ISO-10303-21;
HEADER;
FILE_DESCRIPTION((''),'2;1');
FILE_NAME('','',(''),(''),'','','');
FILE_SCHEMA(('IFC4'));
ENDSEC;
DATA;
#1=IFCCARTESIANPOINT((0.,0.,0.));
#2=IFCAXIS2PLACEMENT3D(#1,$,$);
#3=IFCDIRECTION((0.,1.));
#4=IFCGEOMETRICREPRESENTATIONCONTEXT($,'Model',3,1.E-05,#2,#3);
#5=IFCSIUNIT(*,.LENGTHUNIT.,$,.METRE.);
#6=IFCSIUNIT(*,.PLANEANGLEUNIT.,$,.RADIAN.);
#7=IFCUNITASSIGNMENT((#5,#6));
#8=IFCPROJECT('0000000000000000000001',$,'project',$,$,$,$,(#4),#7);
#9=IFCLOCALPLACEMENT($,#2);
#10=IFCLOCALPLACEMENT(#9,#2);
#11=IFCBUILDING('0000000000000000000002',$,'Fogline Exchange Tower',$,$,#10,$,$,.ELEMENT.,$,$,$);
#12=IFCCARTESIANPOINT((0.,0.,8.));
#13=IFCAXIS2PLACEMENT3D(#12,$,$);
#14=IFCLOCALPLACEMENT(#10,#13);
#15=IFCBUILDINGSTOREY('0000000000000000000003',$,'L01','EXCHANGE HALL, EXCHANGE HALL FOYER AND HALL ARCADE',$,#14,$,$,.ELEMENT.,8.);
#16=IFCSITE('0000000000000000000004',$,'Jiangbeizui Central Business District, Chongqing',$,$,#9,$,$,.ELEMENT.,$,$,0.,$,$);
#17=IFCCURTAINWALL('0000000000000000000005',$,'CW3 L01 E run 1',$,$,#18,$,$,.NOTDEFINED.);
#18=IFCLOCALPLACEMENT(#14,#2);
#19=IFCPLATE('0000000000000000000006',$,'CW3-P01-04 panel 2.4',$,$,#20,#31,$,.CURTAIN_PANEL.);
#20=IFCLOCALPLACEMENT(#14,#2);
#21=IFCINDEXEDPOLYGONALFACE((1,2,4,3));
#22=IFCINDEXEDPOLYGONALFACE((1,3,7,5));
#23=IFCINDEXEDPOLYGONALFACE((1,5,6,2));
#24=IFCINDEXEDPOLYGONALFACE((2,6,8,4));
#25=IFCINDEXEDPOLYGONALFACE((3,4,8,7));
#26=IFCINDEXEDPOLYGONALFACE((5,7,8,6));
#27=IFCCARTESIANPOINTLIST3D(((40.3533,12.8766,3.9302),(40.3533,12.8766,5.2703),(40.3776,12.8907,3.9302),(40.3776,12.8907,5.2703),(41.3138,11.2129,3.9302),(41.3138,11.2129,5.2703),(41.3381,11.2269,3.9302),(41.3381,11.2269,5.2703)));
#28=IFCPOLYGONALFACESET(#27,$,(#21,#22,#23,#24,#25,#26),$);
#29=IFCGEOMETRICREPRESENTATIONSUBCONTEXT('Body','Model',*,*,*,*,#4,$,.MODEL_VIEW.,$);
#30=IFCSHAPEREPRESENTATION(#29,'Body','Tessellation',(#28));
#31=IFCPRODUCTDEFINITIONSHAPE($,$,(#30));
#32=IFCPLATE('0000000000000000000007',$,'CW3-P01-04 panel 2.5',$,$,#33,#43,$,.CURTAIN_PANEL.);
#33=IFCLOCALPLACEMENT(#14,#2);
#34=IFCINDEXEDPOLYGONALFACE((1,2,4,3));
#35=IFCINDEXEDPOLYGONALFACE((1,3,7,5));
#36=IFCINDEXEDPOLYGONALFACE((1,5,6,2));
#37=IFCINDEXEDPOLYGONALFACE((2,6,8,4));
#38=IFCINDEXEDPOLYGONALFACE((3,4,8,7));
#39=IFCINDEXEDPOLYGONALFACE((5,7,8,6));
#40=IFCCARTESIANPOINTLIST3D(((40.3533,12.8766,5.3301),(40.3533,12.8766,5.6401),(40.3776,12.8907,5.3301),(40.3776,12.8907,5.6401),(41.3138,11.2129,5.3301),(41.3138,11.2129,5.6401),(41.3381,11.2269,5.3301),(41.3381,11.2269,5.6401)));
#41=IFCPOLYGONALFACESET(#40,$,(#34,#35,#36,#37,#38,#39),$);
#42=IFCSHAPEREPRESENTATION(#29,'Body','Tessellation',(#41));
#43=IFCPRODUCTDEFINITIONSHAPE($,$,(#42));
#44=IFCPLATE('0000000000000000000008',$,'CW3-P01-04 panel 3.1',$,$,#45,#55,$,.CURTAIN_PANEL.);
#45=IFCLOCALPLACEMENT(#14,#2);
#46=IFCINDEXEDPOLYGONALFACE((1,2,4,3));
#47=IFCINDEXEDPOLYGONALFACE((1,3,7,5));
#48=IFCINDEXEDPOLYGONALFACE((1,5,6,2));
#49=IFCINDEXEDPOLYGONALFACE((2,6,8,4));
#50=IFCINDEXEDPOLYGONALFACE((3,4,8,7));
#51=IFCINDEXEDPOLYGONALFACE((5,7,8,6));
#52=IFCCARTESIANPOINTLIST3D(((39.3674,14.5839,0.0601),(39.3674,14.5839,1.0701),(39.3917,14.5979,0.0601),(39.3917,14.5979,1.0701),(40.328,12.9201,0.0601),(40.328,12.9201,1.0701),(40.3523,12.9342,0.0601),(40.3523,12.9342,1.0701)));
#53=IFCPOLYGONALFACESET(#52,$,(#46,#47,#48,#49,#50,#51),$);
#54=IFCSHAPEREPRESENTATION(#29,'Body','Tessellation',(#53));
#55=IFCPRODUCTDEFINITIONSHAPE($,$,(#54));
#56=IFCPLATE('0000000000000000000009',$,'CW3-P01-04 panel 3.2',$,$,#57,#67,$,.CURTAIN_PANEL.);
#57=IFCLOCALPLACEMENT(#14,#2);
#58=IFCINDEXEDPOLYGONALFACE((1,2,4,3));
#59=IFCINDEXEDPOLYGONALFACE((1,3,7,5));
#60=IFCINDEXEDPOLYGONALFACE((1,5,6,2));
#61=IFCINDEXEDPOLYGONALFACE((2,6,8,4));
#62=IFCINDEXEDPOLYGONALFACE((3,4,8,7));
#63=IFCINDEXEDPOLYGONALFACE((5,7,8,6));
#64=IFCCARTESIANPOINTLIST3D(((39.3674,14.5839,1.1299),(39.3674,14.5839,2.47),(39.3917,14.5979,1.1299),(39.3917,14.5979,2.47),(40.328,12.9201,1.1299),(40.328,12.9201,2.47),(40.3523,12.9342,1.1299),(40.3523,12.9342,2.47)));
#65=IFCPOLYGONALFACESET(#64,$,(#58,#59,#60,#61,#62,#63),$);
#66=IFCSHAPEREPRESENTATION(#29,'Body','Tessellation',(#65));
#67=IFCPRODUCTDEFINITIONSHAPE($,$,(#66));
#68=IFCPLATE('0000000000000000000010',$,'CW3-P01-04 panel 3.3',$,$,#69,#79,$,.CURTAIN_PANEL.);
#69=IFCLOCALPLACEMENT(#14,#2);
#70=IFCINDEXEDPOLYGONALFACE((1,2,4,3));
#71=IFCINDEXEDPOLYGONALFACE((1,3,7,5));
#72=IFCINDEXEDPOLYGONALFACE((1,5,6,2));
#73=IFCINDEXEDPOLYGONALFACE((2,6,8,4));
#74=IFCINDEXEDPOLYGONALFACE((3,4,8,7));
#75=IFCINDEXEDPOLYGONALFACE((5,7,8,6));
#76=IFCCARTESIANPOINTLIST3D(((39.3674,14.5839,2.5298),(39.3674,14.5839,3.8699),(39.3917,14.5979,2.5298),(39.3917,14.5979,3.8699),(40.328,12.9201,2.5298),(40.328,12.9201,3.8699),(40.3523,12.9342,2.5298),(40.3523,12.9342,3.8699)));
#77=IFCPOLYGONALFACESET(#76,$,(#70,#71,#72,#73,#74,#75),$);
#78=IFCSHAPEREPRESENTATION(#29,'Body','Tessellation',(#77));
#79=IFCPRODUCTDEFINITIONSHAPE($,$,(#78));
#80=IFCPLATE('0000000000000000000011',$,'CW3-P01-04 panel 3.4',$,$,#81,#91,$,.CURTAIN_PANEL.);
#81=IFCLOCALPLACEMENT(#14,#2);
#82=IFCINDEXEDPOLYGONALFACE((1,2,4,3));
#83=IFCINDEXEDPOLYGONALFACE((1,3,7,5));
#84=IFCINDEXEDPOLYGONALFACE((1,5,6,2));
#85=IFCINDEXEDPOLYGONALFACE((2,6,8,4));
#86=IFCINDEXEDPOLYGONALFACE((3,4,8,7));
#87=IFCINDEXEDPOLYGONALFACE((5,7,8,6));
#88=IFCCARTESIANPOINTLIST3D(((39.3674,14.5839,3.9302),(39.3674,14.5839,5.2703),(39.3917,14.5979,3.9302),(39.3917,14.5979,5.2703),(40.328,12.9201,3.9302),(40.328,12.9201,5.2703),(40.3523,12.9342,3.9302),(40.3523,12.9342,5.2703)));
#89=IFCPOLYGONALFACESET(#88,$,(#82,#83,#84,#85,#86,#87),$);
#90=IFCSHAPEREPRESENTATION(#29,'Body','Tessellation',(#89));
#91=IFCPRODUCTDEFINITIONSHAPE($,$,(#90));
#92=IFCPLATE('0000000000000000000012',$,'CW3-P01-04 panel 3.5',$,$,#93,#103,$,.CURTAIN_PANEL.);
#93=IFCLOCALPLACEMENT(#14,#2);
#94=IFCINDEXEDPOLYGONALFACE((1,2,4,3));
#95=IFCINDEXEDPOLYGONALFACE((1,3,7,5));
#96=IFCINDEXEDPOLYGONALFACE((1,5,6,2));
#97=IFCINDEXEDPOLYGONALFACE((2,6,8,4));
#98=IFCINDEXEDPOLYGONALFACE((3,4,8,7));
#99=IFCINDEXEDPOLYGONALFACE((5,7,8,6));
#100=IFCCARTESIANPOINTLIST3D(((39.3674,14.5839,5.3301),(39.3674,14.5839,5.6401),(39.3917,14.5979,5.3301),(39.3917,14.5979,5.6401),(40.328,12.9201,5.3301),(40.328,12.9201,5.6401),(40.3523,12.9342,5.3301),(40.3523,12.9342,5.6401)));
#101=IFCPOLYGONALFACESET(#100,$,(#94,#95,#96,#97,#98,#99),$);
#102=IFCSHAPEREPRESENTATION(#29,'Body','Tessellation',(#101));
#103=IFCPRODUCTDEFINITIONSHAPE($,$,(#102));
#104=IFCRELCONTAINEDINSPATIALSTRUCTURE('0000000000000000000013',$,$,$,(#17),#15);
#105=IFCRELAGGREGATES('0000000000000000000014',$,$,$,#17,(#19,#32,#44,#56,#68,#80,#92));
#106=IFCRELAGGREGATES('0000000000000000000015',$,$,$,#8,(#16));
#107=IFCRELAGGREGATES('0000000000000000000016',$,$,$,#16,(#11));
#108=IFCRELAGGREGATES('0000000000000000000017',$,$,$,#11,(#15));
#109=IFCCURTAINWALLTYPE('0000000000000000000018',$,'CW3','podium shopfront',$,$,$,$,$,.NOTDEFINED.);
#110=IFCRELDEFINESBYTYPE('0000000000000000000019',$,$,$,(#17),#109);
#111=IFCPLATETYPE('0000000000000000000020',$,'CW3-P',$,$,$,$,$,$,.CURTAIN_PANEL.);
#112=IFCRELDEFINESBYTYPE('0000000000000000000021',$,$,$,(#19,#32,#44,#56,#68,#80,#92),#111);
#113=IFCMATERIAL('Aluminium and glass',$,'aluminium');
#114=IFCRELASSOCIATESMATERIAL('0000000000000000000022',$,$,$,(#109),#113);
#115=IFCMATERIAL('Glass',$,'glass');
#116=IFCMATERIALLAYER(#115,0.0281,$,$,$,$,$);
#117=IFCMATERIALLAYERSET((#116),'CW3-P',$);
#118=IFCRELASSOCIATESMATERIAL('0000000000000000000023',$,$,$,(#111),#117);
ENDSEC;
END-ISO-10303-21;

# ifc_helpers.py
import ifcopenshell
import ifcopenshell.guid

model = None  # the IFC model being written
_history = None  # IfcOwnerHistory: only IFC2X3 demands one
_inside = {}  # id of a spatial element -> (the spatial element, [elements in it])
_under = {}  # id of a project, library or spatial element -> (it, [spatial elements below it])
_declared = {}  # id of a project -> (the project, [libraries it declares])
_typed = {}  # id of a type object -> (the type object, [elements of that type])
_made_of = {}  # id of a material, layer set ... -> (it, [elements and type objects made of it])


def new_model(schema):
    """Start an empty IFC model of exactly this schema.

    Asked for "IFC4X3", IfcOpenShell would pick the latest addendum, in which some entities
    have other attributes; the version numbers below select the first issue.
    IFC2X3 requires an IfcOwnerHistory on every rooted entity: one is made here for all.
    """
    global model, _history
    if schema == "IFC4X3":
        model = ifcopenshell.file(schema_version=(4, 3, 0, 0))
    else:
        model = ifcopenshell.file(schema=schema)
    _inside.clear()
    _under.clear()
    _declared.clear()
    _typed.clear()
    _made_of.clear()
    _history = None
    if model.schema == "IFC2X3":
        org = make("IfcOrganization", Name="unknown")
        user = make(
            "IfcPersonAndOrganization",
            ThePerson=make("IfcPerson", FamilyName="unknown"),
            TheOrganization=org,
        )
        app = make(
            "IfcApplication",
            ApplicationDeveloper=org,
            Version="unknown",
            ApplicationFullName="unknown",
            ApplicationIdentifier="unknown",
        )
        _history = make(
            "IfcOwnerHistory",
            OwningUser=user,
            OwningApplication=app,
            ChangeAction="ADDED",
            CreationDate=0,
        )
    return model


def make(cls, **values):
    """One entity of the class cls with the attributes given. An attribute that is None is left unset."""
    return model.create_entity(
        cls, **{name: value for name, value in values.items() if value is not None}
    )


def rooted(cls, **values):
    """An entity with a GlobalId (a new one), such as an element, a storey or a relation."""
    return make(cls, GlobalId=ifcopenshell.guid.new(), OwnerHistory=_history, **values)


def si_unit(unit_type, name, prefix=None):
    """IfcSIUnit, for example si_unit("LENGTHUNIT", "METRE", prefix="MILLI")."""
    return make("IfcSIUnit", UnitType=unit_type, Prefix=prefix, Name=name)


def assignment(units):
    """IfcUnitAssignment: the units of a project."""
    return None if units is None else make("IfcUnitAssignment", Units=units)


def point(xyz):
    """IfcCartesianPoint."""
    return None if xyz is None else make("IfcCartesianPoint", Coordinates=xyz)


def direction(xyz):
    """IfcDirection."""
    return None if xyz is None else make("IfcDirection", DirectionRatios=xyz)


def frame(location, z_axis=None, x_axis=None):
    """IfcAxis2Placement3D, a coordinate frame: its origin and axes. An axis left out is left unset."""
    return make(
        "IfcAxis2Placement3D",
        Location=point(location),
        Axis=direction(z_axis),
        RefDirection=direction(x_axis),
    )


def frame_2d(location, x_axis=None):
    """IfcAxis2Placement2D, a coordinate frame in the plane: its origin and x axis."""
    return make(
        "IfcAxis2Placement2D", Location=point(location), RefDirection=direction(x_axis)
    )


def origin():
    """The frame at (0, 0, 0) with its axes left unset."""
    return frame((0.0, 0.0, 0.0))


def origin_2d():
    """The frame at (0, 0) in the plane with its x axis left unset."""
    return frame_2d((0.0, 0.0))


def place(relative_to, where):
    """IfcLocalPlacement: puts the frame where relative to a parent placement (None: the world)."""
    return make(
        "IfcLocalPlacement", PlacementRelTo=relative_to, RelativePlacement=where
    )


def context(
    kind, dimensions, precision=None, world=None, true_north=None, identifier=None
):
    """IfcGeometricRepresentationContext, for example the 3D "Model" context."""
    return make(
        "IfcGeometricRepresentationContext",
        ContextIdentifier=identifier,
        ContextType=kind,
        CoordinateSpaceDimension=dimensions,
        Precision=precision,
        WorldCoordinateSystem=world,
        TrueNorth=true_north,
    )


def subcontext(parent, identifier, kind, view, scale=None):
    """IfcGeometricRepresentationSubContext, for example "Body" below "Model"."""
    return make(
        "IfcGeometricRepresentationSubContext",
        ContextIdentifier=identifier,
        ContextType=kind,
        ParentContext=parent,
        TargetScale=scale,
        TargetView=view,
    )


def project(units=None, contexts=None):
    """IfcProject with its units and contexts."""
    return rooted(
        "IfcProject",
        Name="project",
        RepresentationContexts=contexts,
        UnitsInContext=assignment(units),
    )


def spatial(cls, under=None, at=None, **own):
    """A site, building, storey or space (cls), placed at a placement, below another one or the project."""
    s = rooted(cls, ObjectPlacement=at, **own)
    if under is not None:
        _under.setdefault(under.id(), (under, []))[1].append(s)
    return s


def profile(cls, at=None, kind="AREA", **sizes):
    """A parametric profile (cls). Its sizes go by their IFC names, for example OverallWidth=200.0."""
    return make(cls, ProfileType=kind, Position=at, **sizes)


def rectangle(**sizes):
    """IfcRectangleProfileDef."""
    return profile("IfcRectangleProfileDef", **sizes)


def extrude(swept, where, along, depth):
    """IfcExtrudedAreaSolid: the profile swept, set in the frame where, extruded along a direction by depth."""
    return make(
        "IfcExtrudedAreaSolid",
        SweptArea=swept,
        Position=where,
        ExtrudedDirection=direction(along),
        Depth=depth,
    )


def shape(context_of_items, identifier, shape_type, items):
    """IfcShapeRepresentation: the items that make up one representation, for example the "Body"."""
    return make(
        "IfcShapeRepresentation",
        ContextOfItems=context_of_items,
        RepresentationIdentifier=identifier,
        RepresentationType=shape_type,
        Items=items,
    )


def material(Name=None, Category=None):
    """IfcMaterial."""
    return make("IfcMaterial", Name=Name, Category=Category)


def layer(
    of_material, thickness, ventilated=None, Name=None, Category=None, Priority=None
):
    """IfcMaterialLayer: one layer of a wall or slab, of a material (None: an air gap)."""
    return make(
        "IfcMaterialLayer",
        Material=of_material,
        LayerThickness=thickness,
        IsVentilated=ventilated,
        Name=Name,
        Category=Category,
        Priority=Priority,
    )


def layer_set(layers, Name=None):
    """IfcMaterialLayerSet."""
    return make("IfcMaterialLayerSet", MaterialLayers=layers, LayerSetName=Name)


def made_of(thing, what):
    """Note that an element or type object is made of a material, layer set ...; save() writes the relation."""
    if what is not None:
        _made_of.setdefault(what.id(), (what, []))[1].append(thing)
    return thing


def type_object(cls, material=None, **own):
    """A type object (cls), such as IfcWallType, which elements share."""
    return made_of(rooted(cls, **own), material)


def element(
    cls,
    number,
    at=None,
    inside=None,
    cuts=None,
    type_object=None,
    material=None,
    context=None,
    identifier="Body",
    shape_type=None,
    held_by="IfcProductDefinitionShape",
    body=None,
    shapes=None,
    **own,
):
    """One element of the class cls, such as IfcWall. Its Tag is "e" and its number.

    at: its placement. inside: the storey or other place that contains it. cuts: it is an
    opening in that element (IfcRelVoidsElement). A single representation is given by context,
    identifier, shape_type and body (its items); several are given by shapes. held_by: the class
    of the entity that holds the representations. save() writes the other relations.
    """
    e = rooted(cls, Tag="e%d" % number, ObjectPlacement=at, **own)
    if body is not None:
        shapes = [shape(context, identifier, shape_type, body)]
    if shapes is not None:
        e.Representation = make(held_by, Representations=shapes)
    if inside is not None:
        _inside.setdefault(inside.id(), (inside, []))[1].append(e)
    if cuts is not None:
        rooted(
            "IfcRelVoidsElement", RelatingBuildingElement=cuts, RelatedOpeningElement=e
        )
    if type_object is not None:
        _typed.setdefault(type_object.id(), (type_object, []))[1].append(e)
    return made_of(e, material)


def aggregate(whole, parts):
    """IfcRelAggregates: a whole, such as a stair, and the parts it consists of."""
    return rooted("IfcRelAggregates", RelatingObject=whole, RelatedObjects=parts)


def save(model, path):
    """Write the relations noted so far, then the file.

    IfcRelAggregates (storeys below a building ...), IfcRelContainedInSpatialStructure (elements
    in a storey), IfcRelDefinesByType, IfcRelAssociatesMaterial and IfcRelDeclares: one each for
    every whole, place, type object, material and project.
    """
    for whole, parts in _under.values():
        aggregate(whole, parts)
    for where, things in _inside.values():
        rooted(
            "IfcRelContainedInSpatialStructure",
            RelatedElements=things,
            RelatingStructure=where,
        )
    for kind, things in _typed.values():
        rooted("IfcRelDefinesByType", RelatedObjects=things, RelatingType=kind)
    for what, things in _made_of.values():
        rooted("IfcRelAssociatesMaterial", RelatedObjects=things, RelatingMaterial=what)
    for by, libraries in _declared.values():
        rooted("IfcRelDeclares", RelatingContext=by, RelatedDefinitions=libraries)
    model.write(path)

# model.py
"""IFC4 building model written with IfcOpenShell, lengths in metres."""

from ifc_helpers import new_model, si_unit, direction, frame, origin, origin_2d, place, context, subcontext, project, spatial, rectangle, extrude, material, layer, layer_set, type_object, element, aggregate, save


model = new_model("IFC4")

# Units and contexts
model_context = context("Model", 3, precision=1e-05, world=origin(), true_north=direction((0.0, 1.0)))
body_context = subcontext(model_context, "Body", "Model", "MODEL_VIEW")
ifc_project = project(units=[si_unit("LENGTHUNIT", "METRE"), si_unit("PLANEANGLEUNIT", "RADIAN")], contexts=[model_context])

# Site, building, storey
site_placement = place(None, origin())
site = spatial("IfcSite", under=ifc_project, at=site_placement, Name="Jiangbeizui Central Business District, Chongqing", CompositionType="ELEMENT", RefElevation=0.0)
building_placement = place(site_placement, origin())
building = spatial("IfcBuilding", under=site, at=building_placement, Name="Fogline Exchange Tower", CompositionType="ELEMENT")
storey_placement = place(building_placement, frame((0.0, 0.0, 8.0)))
storey = spatial("IfcBuildingStorey", under=building, at=storey_placement, Name="L01", Description="EXCHANGE HALL, EXCHANGE HALL FOYER AND HALL ARCADE", CompositionType="ELEMENT", Elevation=8.0)

# Curtain wall, plates
ifc_material_1 = material(Name="Aluminium and glass", Category="aluminium")
curtain_wall_type = type_object("IfcCurtainWallType", Name="CW3", Description="podium shopfront", PredefinedType="NOTDEFINED", material=ifc_material_1)
curtain_wall_placement = place(storey_placement, origin())
curtain_wall = element("IfcCurtainWall", 1, at=curtain_wall_placement, inside=storey, type_object=curtain_wall_type, Name="CW3 L01 E run 1", PredefinedType="NOTDEFINED")
ifc_material_2 = material(Name="Glass", Category="glass")
ifc_layer = layer(ifc_material_2, 0.0281)
ifc_layer_set = layer_set([ifc_layer], Name="CW3-P")
plate_type = type_object("IfcPlateType", Name="CW3-P", PredefinedType="CURTAIN_PANEL", material=ifc_layer_set)
plate_1_placement = place(storey_placement, frame((40.8457, 12.0518, 3.9302), z_axis=(0.0, 0.0, 1.0), x_axis=(-0.5, 0.866025, 0.0)))
plate_1 = element("IfcPlate", 2, at=plate_1_placement, type_object=plate_type, Name="CW3-P01-04 panel 2.4", PredefinedType="CURTAIN_PANEL", context=body_context, shape_type="SweptSolid", body=[
    extrude(rectangle(XDim=1.9211, YDim=0.0281, at=origin_2d()), origin(), (0.0, 0.0, 1.0), 1.3401),
])
plate_2_placement = place(storey_placement, frame((40.8457, 12.0518, 5.3301), z_axis=(0.0, 0.0, 1.0), x_axis=(-0.5, 0.866025, 0.0)))
plate_2 = element("IfcPlate", 3, at=plate_2_placement, type_object=plate_type, Name="CW3-P01-04 panel 2.5", PredefinedType="CURTAIN_PANEL", context=body_context, shape_type="SweptSolid", body=[
    extrude(rectangle(XDim=1.9211, YDim=0.0281, at=origin_2d()), origin(), (0.0, 0.0, 1.0), 0.3101),
])
plate_3_placement = place(storey_placement, frame((39.8599, 13.759, 0.0601), z_axis=(0.0, 0.0, 1.0), x_axis=(-0.5, 0.866025, 0.0)))
plate_3 = element("IfcPlate", 4, at=plate_3_placement, type_object=plate_type, Name="CW3-P01-04 panel 3.1", PredefinedType="CURTAIN_PANEL", context=body_context, shape_type="SweptSolid", body=[
    extrude(rectangle(XDim=1.9211, YDim=0.0281, at=origin_2d()), origin(), (0.0, 0.0, 1.0), 1.01),
])
plate_4_placement = place(storey_placement, frame((39.8599, 13.759, 1.1299), z_axis=(0.0, 0.0, 1.0), x_axis=(-0.5, 0.866025, 0.0)))
plate_4 = element("IfcPlate", 5, at=plate_4_placement, type_object=plate_type, Name="CW3-P01-04 panel 3.2", PredefinedType="CURTAIN_PANEL", context=body_context, shape_type="SweptSolid", body=[
    extrude(rectangle(XDim=1.9211, YDim=0.0281, at=origin_2d()), origin(), (0.0, 0.0, 1.0), 1.3401),
])
plate_5_placement = place(storey_placement, frame((39.8599, 13.759, 2.5298), z_axis=(0.0, 0.0, 1.0), x_axis=(-0.5, 0.866025, 0.0)))
plate_5 = element("IfcPlate", 6, at=plate_5_placement, type_object=plate_type, Name="CW3-P01-04 panel 3.3", PredefinedType="CURTAIN_PANEL", context=body_context, shape_type="SweptSolid", body=[
    extrude(rectangle(XDim=1.9211, YDim=0.0281, at=origin_2d()), origin(), (0.0, 0.0, 1.0), 1.3401),
])
plate_6_placement = place(storey_placement, frame((39.8599, 13.759, 3.9302), z_axis=(0.0, 0.0, 1.0), x_axis=(-0.5, 0.866025, 0.0)))
plate_6 = element("IfcPlate", 7, at=plate_6_placement, type_object=plate_type, Name="CW3-P01-04 panel 3.4", PredefinedType="CURTAIN_PANEL", context=body_context, shape_type="SweptSolid", body=[
    extrude(rectangle(XDim=1.9211, YDim=0.0281, at=origin_2d()), origin(), (0.0, 0.0, 1.0), 1.3401),
])
plate_7_placement = place(storey_placement, frame((39.8599, 13.759, 5.3301), z_axis=(0.0, 0.0, 1.0), x_axis=(-0.5, 0.866025, 0.0)))
plate_7 = element("IfcPlate", 8, at=plate_7_placement, type_object=plate_type, Name="CW3-P01-04 panel 3.5", PredefinedType="CURTAIN_PANEL", context=body_context, shape_type="SweptSolid", body=[
    extrude(rectangle(XDim=1.9211, YDim=0.0281, at=origin_2d()), origin(), (0.0, 0.0, 1.0), 0.3101),
])
aggregate(curtain_wall, [plate_1, plate_2, plate_3, plate_4, plate_5, plate_6, plate_7])

save(model, "model.ifc")
